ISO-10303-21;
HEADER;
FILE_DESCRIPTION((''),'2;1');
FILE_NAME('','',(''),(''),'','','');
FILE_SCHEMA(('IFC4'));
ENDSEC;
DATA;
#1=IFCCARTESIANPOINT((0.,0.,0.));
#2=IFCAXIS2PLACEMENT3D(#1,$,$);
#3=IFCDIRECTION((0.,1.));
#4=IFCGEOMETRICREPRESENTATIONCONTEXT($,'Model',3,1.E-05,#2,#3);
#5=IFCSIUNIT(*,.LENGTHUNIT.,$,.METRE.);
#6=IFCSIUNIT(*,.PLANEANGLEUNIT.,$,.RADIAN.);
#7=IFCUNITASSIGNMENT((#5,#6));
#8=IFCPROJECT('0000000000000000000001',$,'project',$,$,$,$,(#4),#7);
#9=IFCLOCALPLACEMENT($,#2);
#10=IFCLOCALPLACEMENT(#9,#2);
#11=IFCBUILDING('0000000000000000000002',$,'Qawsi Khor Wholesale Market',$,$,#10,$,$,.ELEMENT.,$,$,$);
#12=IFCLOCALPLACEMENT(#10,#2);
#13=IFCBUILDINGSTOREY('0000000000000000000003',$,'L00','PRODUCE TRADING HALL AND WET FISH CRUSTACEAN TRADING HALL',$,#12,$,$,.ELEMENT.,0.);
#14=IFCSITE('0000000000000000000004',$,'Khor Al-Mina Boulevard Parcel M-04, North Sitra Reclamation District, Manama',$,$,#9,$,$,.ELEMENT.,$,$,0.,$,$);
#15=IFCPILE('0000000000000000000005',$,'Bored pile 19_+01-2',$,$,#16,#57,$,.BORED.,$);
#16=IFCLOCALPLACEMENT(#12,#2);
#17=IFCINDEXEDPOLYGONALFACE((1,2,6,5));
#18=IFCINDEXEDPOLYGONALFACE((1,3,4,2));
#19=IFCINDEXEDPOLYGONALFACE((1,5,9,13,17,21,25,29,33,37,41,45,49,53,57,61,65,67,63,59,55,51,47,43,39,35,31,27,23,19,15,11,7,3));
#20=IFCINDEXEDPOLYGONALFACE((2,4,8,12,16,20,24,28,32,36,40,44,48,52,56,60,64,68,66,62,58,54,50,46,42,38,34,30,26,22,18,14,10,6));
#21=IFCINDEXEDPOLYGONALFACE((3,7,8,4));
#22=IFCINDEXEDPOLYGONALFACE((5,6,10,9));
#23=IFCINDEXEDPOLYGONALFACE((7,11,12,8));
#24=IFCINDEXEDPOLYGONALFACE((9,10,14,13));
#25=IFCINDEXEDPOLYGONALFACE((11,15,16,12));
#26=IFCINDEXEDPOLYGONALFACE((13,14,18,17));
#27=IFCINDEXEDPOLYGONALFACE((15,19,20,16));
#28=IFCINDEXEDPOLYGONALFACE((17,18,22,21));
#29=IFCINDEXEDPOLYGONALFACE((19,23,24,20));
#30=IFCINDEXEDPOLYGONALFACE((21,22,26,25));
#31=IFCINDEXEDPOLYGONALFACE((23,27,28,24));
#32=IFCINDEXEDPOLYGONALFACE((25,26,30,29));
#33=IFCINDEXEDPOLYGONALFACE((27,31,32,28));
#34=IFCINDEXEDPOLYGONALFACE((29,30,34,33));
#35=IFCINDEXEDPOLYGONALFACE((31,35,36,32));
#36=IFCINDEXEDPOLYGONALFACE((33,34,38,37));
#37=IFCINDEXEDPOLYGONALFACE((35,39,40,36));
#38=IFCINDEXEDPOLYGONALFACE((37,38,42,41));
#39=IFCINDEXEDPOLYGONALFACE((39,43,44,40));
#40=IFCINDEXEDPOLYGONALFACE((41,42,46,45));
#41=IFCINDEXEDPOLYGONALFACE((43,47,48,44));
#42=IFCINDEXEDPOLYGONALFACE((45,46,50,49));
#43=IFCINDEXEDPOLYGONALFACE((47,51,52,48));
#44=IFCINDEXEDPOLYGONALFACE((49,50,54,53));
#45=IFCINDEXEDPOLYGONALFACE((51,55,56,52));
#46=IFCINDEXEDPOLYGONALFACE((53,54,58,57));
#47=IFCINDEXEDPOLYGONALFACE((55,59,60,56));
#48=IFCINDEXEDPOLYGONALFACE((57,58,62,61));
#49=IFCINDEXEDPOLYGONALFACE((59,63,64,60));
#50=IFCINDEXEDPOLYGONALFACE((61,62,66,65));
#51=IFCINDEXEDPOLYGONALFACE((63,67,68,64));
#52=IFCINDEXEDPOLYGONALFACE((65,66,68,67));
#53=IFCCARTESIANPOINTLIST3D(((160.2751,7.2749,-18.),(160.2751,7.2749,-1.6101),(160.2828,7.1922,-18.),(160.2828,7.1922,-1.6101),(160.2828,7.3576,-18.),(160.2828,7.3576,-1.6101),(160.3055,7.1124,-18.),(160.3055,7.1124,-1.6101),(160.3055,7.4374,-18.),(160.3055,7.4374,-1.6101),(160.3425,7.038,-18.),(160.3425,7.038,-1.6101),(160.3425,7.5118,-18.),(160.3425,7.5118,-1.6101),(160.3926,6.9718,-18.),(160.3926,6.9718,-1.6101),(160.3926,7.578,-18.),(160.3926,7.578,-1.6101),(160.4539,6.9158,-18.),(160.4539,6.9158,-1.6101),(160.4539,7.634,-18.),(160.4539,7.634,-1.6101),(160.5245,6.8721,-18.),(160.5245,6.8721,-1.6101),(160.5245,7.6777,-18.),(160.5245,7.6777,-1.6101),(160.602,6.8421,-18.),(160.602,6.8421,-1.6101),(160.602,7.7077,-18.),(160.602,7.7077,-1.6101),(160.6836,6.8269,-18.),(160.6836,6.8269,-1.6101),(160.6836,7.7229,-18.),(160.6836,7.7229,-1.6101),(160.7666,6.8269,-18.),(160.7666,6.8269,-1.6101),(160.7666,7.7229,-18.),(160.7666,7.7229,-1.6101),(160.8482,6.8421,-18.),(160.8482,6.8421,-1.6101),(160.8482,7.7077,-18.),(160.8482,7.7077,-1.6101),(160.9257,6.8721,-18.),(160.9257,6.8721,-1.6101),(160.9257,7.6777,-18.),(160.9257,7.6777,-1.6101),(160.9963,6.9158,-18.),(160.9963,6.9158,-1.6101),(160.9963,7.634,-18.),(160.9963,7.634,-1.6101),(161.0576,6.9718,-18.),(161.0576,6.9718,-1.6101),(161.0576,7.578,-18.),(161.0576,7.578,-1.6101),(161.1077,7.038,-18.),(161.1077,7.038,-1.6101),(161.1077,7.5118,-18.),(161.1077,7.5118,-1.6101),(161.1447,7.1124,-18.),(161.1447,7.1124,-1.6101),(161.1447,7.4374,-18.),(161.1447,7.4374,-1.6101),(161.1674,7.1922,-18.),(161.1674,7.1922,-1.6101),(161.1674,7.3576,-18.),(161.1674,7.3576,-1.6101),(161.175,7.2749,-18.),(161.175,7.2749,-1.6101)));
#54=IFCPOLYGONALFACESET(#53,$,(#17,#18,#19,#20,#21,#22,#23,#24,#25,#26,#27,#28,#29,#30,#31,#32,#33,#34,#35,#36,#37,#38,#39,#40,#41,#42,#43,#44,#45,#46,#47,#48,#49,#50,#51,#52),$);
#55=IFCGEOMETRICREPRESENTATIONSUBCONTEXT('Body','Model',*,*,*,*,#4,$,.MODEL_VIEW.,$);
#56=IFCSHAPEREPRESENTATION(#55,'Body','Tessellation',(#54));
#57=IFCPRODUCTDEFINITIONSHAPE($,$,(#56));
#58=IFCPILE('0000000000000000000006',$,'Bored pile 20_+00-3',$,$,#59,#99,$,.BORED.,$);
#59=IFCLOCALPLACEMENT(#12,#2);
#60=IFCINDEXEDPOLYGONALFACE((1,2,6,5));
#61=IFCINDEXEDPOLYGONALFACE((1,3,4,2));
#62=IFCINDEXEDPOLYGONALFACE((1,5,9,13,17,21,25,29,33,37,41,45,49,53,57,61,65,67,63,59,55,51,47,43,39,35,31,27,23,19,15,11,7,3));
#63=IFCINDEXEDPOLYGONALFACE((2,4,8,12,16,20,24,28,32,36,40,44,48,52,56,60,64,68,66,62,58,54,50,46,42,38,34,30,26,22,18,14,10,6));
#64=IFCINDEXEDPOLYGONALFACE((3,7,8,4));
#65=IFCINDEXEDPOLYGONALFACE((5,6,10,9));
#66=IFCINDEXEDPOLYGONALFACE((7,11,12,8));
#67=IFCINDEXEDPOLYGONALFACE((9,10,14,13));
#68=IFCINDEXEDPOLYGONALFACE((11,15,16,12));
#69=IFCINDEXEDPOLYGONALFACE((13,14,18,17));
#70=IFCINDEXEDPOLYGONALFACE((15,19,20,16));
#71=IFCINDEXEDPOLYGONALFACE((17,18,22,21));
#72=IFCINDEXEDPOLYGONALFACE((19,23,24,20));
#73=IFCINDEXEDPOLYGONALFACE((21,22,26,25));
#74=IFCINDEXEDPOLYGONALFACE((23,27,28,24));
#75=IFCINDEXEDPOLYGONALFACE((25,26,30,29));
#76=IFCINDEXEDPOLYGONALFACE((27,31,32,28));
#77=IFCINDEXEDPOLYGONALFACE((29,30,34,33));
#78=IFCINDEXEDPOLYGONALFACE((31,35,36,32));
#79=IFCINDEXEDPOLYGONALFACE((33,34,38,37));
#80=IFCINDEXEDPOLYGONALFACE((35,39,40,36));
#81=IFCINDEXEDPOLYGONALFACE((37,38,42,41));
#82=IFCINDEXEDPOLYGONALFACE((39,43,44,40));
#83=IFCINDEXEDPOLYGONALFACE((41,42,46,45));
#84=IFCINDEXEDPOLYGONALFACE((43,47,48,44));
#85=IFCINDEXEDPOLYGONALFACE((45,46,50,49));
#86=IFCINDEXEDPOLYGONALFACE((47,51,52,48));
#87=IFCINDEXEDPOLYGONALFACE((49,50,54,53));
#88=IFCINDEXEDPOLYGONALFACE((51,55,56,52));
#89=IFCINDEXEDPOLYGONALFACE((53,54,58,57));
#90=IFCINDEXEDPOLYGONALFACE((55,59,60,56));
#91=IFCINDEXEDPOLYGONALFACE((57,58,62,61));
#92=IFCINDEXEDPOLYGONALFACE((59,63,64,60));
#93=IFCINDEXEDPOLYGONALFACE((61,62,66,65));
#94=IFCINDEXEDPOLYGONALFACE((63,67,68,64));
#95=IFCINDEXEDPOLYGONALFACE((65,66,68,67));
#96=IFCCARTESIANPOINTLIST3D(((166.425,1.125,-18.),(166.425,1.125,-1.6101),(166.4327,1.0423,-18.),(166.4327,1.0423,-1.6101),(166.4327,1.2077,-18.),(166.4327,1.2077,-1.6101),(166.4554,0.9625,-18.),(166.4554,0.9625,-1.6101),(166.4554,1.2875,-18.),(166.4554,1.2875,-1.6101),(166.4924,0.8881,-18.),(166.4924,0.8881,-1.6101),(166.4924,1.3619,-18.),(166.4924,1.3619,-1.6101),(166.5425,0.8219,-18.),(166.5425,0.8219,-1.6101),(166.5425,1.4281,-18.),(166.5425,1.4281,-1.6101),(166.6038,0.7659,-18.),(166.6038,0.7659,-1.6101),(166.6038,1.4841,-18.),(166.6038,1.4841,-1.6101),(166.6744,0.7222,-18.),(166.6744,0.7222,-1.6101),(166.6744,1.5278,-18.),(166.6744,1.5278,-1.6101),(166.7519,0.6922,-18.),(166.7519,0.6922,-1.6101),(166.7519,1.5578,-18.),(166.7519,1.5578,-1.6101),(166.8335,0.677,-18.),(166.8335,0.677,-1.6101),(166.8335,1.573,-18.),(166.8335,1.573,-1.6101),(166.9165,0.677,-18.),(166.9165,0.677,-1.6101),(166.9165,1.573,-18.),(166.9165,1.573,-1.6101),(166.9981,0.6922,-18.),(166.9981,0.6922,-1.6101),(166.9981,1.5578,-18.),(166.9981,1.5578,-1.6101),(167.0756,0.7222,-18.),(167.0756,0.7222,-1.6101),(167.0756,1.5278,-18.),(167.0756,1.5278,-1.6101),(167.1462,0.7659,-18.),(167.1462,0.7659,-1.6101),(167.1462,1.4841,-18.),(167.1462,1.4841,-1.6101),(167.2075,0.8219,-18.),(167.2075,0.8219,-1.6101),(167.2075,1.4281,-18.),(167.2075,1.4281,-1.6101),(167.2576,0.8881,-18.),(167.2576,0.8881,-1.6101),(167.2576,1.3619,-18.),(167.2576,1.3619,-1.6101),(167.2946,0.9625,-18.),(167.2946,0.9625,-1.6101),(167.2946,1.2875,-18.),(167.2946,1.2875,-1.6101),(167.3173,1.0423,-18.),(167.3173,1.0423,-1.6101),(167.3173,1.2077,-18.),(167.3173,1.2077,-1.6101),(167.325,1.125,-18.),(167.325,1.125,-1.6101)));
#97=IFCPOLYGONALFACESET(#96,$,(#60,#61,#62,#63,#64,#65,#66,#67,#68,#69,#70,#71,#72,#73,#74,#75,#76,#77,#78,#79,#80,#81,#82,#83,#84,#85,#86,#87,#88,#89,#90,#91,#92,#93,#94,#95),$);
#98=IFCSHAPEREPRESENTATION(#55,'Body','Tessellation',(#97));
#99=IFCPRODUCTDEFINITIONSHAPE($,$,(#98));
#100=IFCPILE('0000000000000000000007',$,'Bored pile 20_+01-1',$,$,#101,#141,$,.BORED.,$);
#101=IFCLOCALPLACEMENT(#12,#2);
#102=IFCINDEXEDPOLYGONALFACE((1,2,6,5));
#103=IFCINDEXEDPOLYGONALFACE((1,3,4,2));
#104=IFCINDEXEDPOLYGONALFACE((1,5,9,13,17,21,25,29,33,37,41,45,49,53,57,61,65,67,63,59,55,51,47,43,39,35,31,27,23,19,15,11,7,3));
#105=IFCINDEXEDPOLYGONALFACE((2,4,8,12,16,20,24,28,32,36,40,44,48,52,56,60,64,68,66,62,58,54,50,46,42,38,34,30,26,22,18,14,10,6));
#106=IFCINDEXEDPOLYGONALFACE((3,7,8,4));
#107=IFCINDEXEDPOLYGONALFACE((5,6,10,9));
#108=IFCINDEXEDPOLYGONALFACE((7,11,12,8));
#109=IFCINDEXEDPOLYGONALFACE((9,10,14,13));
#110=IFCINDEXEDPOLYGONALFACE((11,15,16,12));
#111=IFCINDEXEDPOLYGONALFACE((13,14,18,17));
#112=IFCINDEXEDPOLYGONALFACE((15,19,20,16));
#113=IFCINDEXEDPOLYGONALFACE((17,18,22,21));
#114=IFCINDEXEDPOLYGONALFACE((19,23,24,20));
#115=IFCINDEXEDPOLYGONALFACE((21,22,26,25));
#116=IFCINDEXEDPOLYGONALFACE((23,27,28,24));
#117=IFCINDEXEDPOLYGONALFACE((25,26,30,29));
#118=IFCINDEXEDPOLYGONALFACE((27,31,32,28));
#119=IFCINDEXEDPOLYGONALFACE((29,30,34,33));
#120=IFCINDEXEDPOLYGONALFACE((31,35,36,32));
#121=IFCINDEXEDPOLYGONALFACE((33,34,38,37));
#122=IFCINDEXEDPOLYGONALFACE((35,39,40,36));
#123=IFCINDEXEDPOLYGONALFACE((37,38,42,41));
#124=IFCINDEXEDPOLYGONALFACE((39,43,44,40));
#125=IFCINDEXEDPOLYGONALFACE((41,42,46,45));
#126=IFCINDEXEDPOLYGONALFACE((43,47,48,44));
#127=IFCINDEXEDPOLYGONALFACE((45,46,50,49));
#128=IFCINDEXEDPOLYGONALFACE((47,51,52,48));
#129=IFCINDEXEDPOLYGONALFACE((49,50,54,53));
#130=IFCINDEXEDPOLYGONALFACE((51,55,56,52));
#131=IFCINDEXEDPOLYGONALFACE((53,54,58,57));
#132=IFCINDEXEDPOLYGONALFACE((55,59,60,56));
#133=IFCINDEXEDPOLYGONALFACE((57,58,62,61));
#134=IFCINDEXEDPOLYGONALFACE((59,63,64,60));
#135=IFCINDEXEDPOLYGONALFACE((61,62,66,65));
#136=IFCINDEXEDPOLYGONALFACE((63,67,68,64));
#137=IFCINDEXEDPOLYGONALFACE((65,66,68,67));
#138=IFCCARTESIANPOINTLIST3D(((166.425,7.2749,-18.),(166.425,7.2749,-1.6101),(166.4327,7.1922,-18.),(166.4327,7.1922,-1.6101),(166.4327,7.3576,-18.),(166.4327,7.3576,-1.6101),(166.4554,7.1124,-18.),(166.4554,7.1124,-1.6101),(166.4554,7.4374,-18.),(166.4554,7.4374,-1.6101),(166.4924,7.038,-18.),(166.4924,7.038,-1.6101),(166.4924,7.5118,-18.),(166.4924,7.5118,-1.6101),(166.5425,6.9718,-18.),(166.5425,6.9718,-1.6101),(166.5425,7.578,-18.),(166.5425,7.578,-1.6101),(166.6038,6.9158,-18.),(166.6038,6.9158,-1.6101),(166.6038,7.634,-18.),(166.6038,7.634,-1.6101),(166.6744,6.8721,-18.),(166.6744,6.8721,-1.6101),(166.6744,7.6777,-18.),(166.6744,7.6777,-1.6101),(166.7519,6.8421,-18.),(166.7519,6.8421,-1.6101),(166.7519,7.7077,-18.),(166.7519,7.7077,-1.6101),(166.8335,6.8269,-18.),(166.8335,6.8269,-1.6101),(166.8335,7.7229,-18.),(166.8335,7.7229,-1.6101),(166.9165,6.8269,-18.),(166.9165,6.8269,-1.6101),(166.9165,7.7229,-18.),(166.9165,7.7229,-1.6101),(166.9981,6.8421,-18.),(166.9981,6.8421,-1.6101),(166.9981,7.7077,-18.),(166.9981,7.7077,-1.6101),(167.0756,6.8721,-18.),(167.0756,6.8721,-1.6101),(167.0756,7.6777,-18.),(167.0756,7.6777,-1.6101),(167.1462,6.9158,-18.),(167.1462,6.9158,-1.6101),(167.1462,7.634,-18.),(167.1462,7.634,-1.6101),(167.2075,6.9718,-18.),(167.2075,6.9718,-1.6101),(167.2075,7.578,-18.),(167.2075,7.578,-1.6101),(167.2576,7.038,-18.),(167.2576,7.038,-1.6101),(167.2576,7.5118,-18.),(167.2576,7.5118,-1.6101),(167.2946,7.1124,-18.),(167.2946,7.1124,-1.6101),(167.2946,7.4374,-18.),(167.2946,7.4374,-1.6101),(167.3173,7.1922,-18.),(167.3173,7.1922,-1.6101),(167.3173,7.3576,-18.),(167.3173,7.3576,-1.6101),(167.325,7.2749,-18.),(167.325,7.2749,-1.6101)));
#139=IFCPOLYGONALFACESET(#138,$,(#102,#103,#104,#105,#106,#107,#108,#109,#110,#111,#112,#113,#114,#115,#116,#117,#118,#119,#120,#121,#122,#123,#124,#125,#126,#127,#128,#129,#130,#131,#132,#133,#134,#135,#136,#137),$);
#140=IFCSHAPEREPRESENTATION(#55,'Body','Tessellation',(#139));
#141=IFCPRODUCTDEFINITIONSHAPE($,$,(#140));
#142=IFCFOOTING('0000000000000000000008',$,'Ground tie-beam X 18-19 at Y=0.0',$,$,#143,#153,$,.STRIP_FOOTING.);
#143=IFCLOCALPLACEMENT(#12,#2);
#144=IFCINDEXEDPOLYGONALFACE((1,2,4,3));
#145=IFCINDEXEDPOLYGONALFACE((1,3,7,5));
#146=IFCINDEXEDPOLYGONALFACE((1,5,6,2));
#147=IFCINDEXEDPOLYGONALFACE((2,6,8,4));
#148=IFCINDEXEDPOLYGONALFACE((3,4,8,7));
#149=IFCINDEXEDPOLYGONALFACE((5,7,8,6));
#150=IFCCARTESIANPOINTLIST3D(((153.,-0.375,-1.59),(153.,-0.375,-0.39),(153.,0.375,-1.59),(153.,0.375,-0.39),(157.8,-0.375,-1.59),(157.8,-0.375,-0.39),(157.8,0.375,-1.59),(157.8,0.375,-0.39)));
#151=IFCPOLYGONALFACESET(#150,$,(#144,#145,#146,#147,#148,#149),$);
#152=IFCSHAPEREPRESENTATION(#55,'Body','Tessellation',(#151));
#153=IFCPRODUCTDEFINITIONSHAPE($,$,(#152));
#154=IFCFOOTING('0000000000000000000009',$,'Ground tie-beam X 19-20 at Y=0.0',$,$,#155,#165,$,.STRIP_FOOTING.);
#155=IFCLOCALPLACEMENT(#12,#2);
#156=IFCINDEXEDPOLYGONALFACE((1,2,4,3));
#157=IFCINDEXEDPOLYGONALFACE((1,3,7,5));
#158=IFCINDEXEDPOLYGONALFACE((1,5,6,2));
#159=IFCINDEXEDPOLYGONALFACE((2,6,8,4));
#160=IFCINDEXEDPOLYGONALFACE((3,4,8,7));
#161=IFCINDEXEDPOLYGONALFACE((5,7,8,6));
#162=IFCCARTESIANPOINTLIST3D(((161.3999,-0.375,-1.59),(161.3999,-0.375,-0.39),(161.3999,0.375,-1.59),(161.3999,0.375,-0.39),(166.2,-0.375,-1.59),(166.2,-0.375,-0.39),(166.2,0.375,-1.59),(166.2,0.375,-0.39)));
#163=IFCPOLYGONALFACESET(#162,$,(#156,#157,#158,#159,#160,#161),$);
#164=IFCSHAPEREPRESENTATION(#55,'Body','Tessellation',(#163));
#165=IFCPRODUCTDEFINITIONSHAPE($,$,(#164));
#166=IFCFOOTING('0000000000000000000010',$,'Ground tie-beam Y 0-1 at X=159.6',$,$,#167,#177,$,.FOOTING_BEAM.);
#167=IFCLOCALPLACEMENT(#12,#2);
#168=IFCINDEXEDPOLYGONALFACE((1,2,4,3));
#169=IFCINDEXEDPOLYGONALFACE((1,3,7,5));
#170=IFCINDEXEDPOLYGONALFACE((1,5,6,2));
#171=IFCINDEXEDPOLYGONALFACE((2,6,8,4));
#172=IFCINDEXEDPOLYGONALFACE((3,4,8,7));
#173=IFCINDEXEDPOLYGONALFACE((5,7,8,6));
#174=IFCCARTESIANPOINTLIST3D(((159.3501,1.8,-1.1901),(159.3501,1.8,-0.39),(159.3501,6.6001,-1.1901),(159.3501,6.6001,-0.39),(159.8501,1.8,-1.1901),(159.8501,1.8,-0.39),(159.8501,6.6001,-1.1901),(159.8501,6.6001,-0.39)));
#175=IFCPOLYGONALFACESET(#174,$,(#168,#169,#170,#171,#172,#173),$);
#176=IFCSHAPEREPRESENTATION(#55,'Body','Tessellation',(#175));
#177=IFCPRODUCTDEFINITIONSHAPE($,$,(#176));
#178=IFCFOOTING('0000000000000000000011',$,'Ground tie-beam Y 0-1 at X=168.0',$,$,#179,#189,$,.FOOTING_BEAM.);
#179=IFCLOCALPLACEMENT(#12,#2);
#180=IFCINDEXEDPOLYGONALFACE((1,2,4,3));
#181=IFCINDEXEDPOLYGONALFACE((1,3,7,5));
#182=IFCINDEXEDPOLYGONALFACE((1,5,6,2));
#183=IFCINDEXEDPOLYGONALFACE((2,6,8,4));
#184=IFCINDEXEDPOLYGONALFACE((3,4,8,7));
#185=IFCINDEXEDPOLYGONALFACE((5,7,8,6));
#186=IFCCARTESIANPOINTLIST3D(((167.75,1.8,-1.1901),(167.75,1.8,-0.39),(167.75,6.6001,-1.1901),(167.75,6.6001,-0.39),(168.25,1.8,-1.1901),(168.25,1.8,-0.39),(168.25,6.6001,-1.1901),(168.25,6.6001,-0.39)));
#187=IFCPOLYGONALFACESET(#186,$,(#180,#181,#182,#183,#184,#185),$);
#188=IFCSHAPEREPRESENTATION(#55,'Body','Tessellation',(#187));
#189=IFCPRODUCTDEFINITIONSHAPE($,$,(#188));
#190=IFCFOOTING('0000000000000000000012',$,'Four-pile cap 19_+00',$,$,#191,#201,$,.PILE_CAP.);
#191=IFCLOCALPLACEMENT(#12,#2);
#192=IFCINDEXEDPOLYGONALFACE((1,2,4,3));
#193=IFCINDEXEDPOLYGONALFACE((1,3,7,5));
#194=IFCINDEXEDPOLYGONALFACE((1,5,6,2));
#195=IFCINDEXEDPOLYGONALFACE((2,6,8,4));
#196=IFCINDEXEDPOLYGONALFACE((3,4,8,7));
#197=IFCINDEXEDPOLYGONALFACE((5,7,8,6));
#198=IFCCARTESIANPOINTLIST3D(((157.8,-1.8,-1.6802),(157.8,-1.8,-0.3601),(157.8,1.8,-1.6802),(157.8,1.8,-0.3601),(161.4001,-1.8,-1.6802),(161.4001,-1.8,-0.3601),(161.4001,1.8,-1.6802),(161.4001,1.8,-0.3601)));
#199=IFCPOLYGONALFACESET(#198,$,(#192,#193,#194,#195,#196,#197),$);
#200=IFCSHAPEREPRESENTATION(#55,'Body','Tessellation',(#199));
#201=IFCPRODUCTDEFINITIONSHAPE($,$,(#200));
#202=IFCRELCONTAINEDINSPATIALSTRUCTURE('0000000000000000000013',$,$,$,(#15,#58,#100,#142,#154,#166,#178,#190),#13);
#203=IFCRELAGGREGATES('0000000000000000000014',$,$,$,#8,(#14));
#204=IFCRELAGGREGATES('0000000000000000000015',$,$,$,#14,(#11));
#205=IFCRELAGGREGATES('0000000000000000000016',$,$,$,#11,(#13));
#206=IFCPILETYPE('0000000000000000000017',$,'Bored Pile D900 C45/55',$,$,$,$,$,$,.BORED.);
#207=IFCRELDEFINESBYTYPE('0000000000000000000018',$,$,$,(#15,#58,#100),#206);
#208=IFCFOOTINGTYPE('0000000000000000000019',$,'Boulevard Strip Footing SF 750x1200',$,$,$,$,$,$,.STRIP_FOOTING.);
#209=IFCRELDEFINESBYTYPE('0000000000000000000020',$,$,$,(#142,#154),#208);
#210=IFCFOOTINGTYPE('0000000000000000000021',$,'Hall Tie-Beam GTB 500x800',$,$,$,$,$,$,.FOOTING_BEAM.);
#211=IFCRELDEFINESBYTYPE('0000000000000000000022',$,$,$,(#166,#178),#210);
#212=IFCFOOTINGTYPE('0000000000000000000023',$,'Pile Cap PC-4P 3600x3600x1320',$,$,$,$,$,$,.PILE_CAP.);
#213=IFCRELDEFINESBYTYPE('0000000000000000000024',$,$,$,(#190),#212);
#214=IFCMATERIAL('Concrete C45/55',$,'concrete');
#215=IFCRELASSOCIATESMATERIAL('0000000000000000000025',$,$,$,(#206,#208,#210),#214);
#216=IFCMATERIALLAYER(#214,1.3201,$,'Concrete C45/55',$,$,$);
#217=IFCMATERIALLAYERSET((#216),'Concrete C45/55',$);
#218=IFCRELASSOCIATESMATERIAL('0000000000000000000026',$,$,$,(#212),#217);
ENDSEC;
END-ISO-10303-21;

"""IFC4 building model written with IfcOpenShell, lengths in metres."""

from ifc_helpers import new_model, si_unit, direction, frame, origin, origin_2d, place, context, subcontext, project, spatial, rectangle, circle, extrude, material, layer, layer_set, material_profile, profile_set, type_object, element, save


model = new_model("IFC4")

# Units and contexts
model_context = context("Model", 3, precision=1e-05, world=origin(), true_north=direction((0.0, 1.0)))
body_context = subcontext(model_context, "Body", "Model", "MODEL_VIEW")
ifc_project = project(units=[si_unit("LENGTHUNIT", "METRE"), si_unit("PLANEANGLEUNIT", "RADIAN")], contexts=[model_context])

# Site, building, storey
site_placement = place(None, origin())
site = spatial("IfcSite", under=ifc_project, at=site_placement, Name="Khor Al-Mina Boulevard Parcel M-04, North Sitra Reclamation District, Manama", CompositionType="ELEMENT", RefElevation=0.0)
building_placement = place(site_placement, origin())
building = spatial("IfcBuilding", under=site, at=building_placement, Name="Qawsi Khor Wholesale Market", CompositionType="ELEMENT")
storey_placement = place(building_placement, origin())
storey = spatial("IfcBuildingStorey", under=building, at=storey_placement, Name="L00", Description="PRODUCE TRADING HALL AND WET FISH CRUSTACEAN TRADING HALL", CompositionType="ELEMENT", Elevation=0.0)

# Piles
ifc_material_1 = material(Name="Concrete C45/55", Category="concrete")
ifc_material_profile_1 = material_profile(ifc_material_1, circle(Radius=0.45, at=origin_2d()), Name="PILE D900")
ifc_profile_set_1 = profile_set([ifc_material_profile_1], Name="Concrete C45/55")
pile_type = type_object("IfcPileType", Name="Bored Pile D900 C45/55", PredefinedType="BORED", material=ifc_profile_set_1)
for number, where, z_axis, x_axis, name in (
    (1, (160.7251, 7.2749, -1.6101), (0.0, 0.0, -1.0), (1.0, 0.0, 0.0), "Bored pile 19_+01-2"),
    (2, (166.875, 1.125, -1.6101), (0.0, 0.0, -1.0), (1.0, 0.0, 0.0), "Bored pile 20_+00-3"),
    (3, (166.875, 7.2749, -1.6101), (0.0, 0.0, -1.0), (1.0, 0.0, 0.0), "Bored pile 20_+01-1"),
):
    element("IfcPile", number, at=place(storey_placement, frame(where, z_axis=z_axis, x_axis=x_axis)), inside=storey, type_object=pile_type, Name=name, PredefinedType="BORED", context=body_context, shape_type="SweptSolid", body=[
        extrude(circle(Radius=0.45, at=origin_2d()), origin(), (0.0, 0.0, 1.0), 16.3899),
    ])

# Footings
ifc_material_profile_2 = material_profile(ifc_material_1, rectangle(XDim=0.75, YDim=1.2, at=origin_2d()), Name="RC 750x1200")
ifc_profile_set_2 = profile_set([ifc_material_profile_2], Name="Concrete C45/55")
footing_type_1 = type_object("IfcFootingType", Name="Boulevard Strip Footing SF 750x1200", PredefinedType="STRIP_FOOTING", material=ifc_profile_set_2)
for number, where, z_axis, x_axis, name in (
    (4, (153.0, 0.0, -0.99), (1.0, 0.0, 0.0), (0.0, 1.0, 0.0), "Ground tie-beam X 18-19 at Y=0.0"),
    (5, (161.3999, 0.0, -0.99), (1.0, 0.0, 0.0), (0.0, 1.0, 0.0), "Ground tie-beam X 19-20 at Y=0.0"),
):
    element("IfcFooting", number, at=place(storey_placement, frame(where, z_axis=z_axis, x_axis=x_axis)), inside=storey, type_object=footing_type_1, Name=name, PredefinedType="STRIP_FOOTING", context=body_context, shape_type="SweptSolid", body=[
        extrude(rectangle(XDim=0.75, YDim=1.2, at=origin_2d()), origin(), (0.0, 0.0, 1.0), 4.8),
    ])
ifc_material_profile_3 = material_profile(ifc_material_1, rectangle(XDim=0.5, YDim=0.8, at=origin_2d()), Name="RC 500x800")
ifc_profile_set_3 = profile_set([ifc_material_profile_3], Name="Concrete C45/55")
footing_type_2 = type_object("IfcFootingType", Name="Hall Tie-Beam GTB 500x800", PredefinedType="FOOTING_BEAM", material=ifc_profile_set_3)
for number, where, z_axis, x_axis, name in (
    (6, (159.6001, 1.8, -0.79), (0.0, 1.0, 0.0), (-1.0, 0.0, 0.0), "Ground tie-beam Y 0-1 at X=159.6"),
    (7, (168.0, 1.8, -0.79), (0.0, 1.0, 0.0), (-1.0, 0.0, 0.0), "Ground tie-beam Y 0-1 at X=168.0"),
):
    element("IfcFooting", number, at=place(storey_placement, frame(where, z_axis=z_axis, x_axis=x_axis)), inside=storey, type_object=footing_type_2, Name=name, PredefinedType="FOOTING_BEAM", context=body_context, shape_type="SweptSolid", body=[
        extrude(rectangle(XDim=0.5, YDim=0.8, at=origin_2d()), origin(), (0.0, 0.0, 1.0), 4.8),
    ])
ifc_layer_1 = layer(ifc_material_1, 1.3201, Name="Concrete C45/55")
ifc_layer_set_1 = layer_set([ifc_layer_1], Name="Concrete C45/55")
footing_type_3 = type_object("IfcFootingType", Name="Pile Cap PC-4P 3600x3600x1320", PredefinedType="PILE_CAP", material=ifc_layer_set_1)
for number, where, z_axis, x_axis, name in (
    (8, (159.6001, 0.0, -1.6802), (0.0, 0.0, 1.0), (1.0, 0.0, 0.0), "Four-pile cap 19_+00"),
):
    element("IfcFooting", number, at=place(storey_placement, frame(where, z_axis=z_axis, x_axis=x_axis)), inside=storey, type_object=footing_type_3, Name=name, PredefinedType="PILE_CAP", context=body_context, shape_type="SweptSolid", body=[
        extrude(rectangle(XDim=3.6001, YDim=3.6001, at=origin_2d()), origin(), (0.0, 0.0, 1.0), 1.3201),
    ])

save(model, "model.ifc")
